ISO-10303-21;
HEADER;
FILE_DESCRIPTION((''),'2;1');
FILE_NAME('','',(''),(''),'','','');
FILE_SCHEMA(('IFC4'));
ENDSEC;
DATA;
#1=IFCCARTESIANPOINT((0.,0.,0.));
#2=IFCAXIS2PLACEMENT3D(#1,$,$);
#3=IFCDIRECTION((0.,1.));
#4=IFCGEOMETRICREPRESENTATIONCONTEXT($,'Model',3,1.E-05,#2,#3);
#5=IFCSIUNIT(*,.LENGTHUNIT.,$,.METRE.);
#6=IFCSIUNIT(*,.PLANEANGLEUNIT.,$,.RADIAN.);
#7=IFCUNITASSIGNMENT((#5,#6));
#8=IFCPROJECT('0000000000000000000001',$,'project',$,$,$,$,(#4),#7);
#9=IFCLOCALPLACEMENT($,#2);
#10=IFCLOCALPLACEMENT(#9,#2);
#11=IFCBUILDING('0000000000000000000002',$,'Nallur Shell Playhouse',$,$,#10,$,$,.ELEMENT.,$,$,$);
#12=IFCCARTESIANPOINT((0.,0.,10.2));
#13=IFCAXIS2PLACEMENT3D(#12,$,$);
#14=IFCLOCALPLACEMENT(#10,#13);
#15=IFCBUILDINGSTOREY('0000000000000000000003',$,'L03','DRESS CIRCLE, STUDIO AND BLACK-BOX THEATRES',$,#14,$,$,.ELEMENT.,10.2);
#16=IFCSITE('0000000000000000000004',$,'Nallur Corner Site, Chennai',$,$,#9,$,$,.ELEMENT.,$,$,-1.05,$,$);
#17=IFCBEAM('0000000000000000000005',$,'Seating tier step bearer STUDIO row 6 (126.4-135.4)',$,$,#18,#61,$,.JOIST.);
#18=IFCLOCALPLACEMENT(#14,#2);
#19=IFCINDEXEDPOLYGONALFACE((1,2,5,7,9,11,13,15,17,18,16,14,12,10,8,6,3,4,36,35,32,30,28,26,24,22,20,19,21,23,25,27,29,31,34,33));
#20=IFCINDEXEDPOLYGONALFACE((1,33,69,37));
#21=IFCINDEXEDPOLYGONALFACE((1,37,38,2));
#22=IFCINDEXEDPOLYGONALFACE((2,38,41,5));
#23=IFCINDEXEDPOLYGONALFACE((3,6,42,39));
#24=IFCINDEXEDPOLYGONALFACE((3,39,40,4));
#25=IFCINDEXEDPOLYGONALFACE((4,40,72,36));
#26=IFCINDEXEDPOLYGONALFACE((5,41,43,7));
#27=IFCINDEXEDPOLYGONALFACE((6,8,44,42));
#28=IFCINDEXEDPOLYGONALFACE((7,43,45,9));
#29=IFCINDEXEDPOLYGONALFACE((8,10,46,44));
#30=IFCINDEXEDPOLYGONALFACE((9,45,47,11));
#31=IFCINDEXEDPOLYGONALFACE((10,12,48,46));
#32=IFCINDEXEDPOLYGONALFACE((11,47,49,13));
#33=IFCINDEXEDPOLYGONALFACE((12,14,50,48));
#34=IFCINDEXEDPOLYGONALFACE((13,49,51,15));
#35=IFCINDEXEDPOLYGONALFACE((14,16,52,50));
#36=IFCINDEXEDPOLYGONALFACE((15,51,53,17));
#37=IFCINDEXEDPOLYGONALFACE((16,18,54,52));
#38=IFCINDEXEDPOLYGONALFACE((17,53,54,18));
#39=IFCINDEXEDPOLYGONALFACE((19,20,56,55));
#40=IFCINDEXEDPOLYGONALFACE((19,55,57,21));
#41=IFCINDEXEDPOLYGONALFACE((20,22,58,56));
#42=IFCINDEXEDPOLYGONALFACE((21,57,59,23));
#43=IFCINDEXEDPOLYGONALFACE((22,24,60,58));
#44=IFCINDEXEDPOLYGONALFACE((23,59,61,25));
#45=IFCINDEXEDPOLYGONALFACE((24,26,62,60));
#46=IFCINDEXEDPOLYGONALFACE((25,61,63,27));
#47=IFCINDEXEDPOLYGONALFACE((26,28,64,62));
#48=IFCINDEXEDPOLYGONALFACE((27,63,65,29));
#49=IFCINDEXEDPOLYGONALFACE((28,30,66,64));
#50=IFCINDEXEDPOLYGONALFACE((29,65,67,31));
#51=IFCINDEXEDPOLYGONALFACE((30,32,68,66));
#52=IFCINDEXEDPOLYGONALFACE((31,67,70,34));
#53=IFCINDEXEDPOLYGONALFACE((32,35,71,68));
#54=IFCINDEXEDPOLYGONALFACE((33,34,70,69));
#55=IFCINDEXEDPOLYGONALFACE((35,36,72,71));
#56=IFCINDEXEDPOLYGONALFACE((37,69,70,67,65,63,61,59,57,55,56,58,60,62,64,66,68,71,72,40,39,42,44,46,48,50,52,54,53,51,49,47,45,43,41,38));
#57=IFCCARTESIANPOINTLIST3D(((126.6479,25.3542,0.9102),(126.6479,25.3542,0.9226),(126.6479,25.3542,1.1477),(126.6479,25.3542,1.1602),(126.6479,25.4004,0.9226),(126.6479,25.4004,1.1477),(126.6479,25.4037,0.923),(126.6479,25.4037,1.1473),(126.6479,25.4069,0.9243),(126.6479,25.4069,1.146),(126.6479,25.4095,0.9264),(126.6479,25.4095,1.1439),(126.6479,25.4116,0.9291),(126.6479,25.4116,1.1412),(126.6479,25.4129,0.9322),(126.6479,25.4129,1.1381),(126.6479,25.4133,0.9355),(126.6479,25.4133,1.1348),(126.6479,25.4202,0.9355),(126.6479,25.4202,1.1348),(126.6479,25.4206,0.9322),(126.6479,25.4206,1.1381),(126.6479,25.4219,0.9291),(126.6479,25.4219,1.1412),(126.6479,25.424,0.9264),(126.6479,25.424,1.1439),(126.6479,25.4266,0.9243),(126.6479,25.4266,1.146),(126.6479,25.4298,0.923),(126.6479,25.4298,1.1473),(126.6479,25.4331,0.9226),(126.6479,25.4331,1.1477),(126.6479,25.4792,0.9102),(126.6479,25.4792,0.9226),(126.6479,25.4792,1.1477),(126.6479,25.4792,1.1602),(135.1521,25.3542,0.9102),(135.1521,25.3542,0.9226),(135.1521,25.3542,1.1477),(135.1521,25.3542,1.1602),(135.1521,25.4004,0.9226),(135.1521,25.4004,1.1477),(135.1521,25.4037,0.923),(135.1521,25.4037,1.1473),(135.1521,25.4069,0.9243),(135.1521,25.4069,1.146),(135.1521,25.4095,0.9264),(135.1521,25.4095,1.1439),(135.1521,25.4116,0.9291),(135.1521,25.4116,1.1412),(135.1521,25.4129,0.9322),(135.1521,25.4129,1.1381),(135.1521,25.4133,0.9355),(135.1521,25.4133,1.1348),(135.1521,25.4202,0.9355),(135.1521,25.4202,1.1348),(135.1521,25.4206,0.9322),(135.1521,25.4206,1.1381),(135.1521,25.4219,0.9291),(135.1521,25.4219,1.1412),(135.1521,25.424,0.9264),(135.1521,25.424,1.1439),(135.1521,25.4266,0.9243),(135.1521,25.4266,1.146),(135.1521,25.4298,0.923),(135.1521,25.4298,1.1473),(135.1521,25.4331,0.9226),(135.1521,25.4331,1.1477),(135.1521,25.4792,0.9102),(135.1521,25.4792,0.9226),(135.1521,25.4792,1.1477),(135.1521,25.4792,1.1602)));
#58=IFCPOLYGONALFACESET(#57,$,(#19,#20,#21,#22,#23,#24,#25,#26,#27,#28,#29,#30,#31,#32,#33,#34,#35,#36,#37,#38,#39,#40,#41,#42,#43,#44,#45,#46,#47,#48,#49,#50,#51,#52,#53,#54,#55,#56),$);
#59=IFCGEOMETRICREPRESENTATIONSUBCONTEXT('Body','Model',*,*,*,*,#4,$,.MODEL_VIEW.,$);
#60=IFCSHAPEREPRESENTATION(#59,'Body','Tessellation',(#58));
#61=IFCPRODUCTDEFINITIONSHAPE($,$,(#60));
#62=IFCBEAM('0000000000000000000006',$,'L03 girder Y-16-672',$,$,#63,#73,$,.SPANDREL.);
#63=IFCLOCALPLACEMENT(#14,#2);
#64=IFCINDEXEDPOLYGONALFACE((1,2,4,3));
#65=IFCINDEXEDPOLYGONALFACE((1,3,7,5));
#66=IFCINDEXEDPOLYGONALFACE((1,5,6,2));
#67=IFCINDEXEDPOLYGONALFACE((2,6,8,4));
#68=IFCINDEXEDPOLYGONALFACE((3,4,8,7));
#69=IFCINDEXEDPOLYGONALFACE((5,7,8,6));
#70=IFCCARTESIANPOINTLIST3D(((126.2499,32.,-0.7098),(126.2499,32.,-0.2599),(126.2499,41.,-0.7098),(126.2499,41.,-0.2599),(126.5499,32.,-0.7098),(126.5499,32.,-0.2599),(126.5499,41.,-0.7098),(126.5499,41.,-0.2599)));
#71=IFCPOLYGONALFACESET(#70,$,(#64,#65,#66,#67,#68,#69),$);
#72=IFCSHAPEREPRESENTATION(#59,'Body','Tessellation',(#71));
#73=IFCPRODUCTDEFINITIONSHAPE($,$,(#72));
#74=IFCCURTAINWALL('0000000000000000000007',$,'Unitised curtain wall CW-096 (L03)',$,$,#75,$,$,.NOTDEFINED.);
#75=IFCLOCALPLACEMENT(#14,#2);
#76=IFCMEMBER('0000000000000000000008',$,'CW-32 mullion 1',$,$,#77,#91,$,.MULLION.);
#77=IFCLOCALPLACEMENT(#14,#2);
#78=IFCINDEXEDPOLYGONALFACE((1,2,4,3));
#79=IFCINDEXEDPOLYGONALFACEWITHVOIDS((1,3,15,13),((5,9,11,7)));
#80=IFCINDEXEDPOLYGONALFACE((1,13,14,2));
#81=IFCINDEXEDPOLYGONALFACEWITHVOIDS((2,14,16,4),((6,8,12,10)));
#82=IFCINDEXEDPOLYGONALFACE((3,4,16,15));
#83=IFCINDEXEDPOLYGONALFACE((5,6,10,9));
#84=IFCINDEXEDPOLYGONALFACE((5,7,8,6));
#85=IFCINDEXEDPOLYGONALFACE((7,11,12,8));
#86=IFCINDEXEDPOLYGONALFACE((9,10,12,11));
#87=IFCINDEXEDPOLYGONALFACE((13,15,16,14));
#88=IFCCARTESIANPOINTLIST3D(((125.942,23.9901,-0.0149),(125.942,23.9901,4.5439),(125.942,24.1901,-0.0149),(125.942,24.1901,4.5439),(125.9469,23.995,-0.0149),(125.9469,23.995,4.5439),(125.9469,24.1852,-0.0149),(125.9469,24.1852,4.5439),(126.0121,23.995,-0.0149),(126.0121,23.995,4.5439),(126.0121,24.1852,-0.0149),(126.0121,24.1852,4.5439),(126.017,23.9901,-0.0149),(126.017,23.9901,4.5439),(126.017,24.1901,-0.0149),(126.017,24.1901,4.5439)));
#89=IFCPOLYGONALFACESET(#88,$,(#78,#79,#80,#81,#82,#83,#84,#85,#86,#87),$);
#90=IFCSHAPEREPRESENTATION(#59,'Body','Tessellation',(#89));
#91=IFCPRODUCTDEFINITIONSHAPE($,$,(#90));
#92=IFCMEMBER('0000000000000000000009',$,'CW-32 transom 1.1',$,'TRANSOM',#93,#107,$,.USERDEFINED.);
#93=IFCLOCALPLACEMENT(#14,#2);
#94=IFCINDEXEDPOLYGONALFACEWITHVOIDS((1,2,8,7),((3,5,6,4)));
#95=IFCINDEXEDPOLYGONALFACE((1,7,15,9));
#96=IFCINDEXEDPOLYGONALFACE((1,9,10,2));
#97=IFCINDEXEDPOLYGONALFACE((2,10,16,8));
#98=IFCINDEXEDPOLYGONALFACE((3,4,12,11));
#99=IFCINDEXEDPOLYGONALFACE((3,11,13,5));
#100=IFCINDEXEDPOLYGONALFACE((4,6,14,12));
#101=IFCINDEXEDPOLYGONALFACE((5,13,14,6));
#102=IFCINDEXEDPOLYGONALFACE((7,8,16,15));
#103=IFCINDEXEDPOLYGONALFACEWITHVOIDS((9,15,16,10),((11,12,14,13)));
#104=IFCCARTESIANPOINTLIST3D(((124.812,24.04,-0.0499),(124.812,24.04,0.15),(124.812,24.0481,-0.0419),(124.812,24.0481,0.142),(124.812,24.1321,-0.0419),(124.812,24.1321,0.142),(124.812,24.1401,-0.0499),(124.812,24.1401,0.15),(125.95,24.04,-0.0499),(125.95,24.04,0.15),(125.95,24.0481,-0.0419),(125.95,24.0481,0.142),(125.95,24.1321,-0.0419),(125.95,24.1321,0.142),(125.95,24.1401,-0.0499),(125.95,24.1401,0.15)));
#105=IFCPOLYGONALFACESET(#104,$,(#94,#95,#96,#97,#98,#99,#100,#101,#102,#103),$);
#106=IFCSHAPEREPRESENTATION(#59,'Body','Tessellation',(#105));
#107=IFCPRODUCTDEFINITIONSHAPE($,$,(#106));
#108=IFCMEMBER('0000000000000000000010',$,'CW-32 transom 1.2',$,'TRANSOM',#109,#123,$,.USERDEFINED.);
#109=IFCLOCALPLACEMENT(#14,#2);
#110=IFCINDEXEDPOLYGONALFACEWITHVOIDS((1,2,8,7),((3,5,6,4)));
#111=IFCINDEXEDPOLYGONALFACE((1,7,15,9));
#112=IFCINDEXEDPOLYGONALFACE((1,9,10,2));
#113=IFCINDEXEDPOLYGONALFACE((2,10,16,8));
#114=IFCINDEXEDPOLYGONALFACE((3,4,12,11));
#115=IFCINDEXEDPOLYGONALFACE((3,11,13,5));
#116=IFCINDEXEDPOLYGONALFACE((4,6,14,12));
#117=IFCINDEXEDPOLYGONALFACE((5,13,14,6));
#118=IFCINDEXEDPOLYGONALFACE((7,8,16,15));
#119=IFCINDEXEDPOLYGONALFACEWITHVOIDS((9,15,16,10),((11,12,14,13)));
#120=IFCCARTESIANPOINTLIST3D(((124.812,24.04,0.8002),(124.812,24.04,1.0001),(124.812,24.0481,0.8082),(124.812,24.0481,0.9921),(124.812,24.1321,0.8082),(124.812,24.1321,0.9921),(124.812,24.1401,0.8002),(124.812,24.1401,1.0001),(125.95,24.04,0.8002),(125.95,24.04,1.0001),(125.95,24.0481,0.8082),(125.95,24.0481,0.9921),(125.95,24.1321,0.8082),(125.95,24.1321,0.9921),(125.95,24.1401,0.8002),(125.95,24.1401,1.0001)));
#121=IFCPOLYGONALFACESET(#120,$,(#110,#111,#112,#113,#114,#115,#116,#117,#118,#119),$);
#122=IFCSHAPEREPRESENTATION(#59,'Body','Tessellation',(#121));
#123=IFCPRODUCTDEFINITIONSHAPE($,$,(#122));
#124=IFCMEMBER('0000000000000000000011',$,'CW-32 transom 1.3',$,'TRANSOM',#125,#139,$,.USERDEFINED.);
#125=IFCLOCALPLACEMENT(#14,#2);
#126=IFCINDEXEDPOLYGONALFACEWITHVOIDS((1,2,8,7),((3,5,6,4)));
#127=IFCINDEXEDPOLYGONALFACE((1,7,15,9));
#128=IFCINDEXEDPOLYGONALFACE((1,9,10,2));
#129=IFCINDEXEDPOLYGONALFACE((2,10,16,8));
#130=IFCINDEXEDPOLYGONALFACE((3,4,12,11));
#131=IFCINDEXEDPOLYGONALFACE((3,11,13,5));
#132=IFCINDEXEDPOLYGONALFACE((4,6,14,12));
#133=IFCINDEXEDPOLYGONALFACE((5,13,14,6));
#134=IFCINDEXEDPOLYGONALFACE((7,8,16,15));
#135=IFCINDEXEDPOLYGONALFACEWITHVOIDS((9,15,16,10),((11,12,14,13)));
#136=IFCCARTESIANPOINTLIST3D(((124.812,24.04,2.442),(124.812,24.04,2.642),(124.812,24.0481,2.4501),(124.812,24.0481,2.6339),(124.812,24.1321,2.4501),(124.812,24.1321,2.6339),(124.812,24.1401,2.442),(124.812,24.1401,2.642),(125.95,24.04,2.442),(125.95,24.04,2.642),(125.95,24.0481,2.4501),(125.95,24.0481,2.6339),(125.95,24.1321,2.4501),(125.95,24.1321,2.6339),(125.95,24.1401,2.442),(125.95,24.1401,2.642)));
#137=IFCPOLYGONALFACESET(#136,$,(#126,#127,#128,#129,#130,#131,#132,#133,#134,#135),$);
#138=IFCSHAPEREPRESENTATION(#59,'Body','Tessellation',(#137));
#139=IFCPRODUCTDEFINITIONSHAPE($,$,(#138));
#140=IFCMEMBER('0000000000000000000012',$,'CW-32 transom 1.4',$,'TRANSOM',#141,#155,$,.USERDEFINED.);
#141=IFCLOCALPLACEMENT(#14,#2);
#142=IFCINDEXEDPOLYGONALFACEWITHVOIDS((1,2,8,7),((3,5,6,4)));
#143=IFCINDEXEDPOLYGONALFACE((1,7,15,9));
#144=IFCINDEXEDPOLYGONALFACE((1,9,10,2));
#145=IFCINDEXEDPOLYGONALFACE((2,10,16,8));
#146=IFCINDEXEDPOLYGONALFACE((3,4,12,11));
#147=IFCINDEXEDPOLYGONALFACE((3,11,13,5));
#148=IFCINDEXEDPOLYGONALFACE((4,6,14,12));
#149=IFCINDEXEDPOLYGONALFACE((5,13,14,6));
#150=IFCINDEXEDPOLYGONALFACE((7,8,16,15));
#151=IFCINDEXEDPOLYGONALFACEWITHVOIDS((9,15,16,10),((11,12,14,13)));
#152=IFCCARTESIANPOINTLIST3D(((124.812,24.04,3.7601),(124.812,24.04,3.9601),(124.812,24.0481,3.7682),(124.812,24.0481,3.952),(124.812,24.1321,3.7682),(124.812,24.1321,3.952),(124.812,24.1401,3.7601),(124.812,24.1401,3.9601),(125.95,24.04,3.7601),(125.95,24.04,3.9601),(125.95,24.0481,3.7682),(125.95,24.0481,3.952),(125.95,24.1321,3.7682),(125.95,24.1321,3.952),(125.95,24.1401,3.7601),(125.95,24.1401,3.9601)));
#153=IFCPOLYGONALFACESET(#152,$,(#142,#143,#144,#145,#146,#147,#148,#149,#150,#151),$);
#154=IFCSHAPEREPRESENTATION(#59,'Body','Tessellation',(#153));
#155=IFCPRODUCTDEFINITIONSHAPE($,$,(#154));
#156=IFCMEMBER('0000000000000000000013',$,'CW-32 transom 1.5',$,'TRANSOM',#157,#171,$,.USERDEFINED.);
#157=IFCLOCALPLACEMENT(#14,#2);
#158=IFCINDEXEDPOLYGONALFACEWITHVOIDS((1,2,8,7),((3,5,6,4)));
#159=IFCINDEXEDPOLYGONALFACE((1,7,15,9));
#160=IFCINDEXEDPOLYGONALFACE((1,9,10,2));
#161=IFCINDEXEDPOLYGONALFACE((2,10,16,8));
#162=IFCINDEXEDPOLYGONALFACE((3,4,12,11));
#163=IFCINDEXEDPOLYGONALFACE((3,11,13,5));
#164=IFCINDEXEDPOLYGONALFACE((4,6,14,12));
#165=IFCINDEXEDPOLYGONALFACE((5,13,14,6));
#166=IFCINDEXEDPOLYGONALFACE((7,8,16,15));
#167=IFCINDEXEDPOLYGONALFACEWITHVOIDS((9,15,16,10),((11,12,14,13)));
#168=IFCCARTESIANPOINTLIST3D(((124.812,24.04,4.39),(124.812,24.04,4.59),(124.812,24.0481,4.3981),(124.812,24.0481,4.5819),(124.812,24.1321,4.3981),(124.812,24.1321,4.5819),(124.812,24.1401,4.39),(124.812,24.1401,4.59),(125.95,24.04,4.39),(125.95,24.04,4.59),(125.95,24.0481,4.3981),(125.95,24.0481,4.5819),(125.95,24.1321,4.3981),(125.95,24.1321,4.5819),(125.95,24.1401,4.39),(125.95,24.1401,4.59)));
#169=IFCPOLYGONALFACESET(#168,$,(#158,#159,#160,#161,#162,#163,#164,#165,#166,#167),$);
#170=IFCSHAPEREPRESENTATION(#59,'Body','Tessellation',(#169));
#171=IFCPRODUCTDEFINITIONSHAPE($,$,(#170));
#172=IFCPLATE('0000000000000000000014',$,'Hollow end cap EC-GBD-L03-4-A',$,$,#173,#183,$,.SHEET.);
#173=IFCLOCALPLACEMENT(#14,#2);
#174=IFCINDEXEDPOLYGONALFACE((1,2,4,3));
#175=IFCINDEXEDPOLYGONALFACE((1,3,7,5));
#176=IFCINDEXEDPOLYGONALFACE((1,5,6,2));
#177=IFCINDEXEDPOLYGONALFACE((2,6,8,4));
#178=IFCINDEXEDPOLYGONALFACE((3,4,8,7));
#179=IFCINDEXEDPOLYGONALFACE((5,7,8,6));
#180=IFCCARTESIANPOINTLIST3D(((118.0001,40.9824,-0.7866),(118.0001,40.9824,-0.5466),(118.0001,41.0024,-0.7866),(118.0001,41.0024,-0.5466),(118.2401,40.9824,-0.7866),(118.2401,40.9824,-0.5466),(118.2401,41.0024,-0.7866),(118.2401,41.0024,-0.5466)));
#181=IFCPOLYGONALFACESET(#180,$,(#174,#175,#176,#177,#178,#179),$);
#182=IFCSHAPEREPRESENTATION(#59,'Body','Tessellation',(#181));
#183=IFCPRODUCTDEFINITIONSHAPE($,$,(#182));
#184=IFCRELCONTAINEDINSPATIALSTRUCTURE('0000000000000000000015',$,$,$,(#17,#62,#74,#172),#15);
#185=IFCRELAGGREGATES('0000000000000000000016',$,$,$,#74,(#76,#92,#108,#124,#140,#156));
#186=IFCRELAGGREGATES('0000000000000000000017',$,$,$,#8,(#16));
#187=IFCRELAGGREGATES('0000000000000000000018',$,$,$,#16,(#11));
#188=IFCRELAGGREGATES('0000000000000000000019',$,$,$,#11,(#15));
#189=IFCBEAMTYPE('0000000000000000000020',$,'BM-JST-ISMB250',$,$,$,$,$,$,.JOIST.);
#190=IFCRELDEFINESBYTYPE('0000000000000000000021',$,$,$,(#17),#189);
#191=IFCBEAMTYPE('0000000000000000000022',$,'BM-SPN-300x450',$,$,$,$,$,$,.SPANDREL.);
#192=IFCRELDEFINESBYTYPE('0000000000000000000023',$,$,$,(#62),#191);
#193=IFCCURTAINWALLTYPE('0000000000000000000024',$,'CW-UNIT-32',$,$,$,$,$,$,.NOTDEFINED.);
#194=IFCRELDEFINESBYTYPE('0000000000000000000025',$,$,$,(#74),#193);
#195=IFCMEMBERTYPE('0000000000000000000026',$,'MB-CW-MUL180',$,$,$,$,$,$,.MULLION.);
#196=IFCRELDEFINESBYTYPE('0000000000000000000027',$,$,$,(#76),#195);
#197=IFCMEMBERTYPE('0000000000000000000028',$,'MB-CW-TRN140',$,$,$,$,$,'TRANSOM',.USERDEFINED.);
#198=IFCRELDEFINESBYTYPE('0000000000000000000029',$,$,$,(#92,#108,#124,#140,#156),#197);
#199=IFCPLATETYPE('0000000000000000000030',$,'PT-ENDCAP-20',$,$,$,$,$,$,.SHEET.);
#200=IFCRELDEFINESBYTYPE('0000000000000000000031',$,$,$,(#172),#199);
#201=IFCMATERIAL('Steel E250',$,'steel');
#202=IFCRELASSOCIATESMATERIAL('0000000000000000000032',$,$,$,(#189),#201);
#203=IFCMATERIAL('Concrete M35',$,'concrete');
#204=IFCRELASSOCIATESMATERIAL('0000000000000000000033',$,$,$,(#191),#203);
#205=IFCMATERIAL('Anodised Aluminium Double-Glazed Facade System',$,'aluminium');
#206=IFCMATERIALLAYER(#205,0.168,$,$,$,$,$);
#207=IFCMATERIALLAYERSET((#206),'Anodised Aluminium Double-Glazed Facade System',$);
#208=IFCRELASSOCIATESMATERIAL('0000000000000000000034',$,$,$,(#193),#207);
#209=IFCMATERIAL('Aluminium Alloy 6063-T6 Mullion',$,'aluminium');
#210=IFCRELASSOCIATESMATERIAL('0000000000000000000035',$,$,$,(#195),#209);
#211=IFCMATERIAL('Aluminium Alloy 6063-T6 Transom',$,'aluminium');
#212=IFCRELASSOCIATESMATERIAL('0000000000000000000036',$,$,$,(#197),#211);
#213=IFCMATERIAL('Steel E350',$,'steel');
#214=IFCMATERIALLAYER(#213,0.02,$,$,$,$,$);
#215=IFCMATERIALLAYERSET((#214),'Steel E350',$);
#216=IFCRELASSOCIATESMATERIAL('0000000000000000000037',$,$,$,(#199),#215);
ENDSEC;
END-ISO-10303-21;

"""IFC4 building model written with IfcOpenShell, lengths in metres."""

from ifc_helpers import new_model, si_unit, direction, frame, origin, origin_2d, place, context, subcontext, project, spatial, rectangle, hollow_rectangle, i_section, extrude, material, layer, layer_set, material_profile, profile_set, type_object, element, aggregate, save


model = new_model("IFC4")

# Units and contexts
model_context = context("Model", 3, precision=1e-05, world=origin(), true_north=direction((0.0, 1.0)))
body_context = subcontext(model_context, "Body", "Model", "MODEL_VIEW")
ifc_project = project(units=[si_unit("LENGTHUNIT", "METRE"), si_unit("PLANEANGLEUNIT", "RADIAN")], contexts=[model_context])

# Site, building, storey
site_placement = place(None, origin())
site = spatial("IfcSite", under=ifc_project, at=site_placement, Name="Nallur Corner Site, Chennai", CompositionType="ELEMENT", RefElevation=-1.05)
building_placement = place(site_placement, origin())
building = spatial("IfcBuilding", under=site, at=building_placement, Name="Nallur Shell Playhouse", CompositionType="ELEMENT")
storey_placement = place(building_placement, frame((0.0, 0.0, 10.2)))
storey = spatial("IfcBuildingStorey", under=building, at=storey_placement, Name="L03", Description="DRESS CIRCLE, STUDIO AND BLACK-BOX THEATRES", CompositionType="ELEMENT", Elevation=10.2)

# Beams
ifc_material_1 = material(Name="Steel E250", Category="steel")
ifc_material_profile_1 = material_profile(ifc_material_1, i_section(OverallWidth=0.125, OverallDepth=0.25, WebThickness=0.0068, FlangeThickness=0.0125, FilletRadius=0.0129, at=origin_2d()), Name="ISMB 250")
ifc_profile_set_1 = profile_set([ifc_material_profile_1], Name="Steel E250")
beam_type_1 = type_object("IfcBeamType", Name="BM-JST-ISMB250", PredefinedType="JOIST", material=ifc_profile_set_1)
for number, where, z_axis, x_axis, name in (
    (1, (126.6479, 25.4167, 1.0352), (1.0, 0.0, 0.0), (0.0, 1.0, 0.0), "Seating tier step bearer STUDIO row 6 (126.4-135.4)"),
):
    element("IfcBeam", number, at=place(storey_placement, frame(where, z_axis=z_axis, x_axis=x_axis)), inside=storey, type_object=beam_type_1, Name=name, PredefinedType="JOIST", context=body_context, shape_type="SweptSolid", body=[
        extrude(i_section(OverallWidth=0.125, OverallDepth=0.25, WebThickness=0.0068, FlangeThickness=0.0125, FilletRadius=0.0129, at=origin_2d()), origin(), (0.0, 0.0, 1.0), 8.5042),
    ])
ifc_material_2 = material(Name="Concrete M35", Category="concrete")
ifc_material_profile_2 = material_profile(ifc_material_2, rectangle(XDim=0.3, YDim=0.45, at=origin_2d()), Name="RC 300x450")
ifc_profile_set_2 = profile_set([ifc_material_profile_2], Name="Concrete M35")
beam_type_2 = type_object("IfcBeamType", Name="BM-SPN-300x450", PredefinedType="SPANDREL", material=ifc_profile_set_2)
beam_placement = place(storey_placement, frame((126.3999, 32.0, -0.4849), z_axis=(0.0, 1.0, 0.0), x_axis=(-1.0, 0.0, 0.0)))
element("IfcBeam", 2, at=beam_placement, inside=storey, type_object=beam_type_2, Name="L03 girder Y-16-672", PredefinedType="SPANDREL", context=body_context, shape_type="SweptSolid", body=[
    extrude(rectangle(XDim=0.3, YDim=0.45, at=origin_2d()), origin(), (0.0, 0.0, 1.0), 9.0),
])

# Curtain wall, members
ifc_material_3 = material(Name="Anodised Aluminium Double-Glazed Facade System", Category="aluminium")
ifc_layer_1 = layer(ifc_material_3, 0.168)
ifc_layer_set_1 = layer_set([ifc_layer_1], Name="Anodised Aluminium Double-Glazed Facade System")
curtain_wall_type = type_object("IfcCurtainWallType", Name="CW-UNIT-32", PredefinedType="NOTDEFINED", material=ifc_layer_set_1)
curtain_wall_placement = place(storey_placement, origin())
curtain_wall = element("IfcCurtainWall", 3, at=curtain_wall_placement, inside=storey, type_object=curtain_wall_type, Name="Unitised curtain wall CW-096 (L03)", PredefinedType="NOTDEFINED")
ifc_material_4 = material(Name="Aluminium Alloy 6063-T6 Mullion", Category="aluminium")
ifc_material_profile_3 = material_profile(ifc_material_4, hollow_rectangle(XDim=0.075, YDim=0.2, WallThickness=0.0049, at=origin_2d()), Name="ALU 75x200x5")
ifc_profile_set_3 = profile_set([ifc_material_profile_3], Name="Aluminium Alloy 6063-T6 Mullion")
member_type_1 = type_object("IfcMemberType", Name="MB-CW-MUL180", PredefinedType="MULLION", material=ifc_profile_set_3)
member_1_placement = place(storey_placement, frame((125.9795, 24.0901, -0.0149), z_axis=(0.0, 0.0, 1.0), x_axis=(-1.0, 0.0, 0.0)))
member_1 = element("IfcMember", 4, at=member_1_placement, type_object=member_type_1, Name="CW-32 mullion 1", PredefinedType="MULLION", context=body_context, shape_type="SweptSolid", body=[
    extrude(hollow_rectangle(XDim=0.075, YDim=0.2, WallThickness=0.0049, at=origin_2d()), origin(), (0.0, 0.0, 1.0), 4.5588),
])
ifc_material_5 = material(Name="Aluminium Alloy 6063-T6 Transom", Category="aluminium")
ifc_material_profile_4 = material_profile(ifc_material_5, hollow_rectangle(XDim=0.1001, YDim=0.2, WallThickness=0.0081, at=origin_2d()), Name="RHS 200x100x8")
ifc_profile_set_4 = profile_set([ifc_material_profile_4], Name="Aluminium Alloy 6063-T6 Transom")
member_type_2 = type_object("IfcMemberType", Name="MB-CW-TRN140", ElementType="TRANSOM", PredefinedType="USERDEFINED", material=ifc_profile_set_4)
member_2_placement = place(storey_placement, frame((125.95, 24.0901, 0.05), z_axis=(-1.0, 0.0, 0.0), x_axis=(0.0, -1.0, 0.0)))
member_2 = element("IfcMember", 5, at=member_2_placement, type_object=member_type_2, Name="CW-32 transom 1.1", ObjectType="TRANSOM", PredefinedType="USERDEFINED", context=body_context, shape_type="SweptSolid", body=[
    extrude(hollow_rectangle(XDim=0.1001, YDim=0.2, WallThickness=0.0081, at=origin_2d()), origin(), (0.0, 0.0, 1.0), 1.1379),
])
member_3_placement = place(storey_placement, frame((125.95, 24.0901, 0.9001), z_axis=(-1.0, 0.0, 0.0), x_axis=(0.0, -1.0, 0.0)))
member_3 = element("IfcMember", 6, at=member_3_placement, type_object=member_type_2, Name="CW-32 transom 1.2", ObjectType="TRANSOM", PredefinedType="USERDEFINED", context=body_context, shape_type="SweptSolid", body=[
    extrude(hollow_rectangle(XDim=0.1001, YDim=0.2, WallThickness=0.0081, at=origin_2d()), origin(), (0.0, 0.0, 1.0), 1.1379),
])
member_4_placement = place(storey_placement, frame((125.95, 24.0901, 2.542), z_axis=(-1.0, 0.0, 0.0), x_axis=(0.0, -1.0, 0.0)))
member_4 = element("IfcMember", 7, at=member_4_placement, type_object=member_type_2, Name="CW-32 transom 1.3", ObjectType="TRANSOM", PredefinedType="USERDEFINED", context=body_context, shape_type="SweptSolid", body=[
    extrude(hollow_rectangle(XDim=0.1001, YDim=0.2, WallThickness=0.0081, at=origin_2d()), origin(), (0.0, 0.0, 1.0), 1.1379),
])
member_5_placement = place(storey_placement, frame((125.95, 24.0901, 3.8601), z_axis=(-1.0, 0.0, 0.0), x_axis=(0.0, -1.0, 0.0)))
member_5 = element("IfcMember", 8, at=member_5_placement, type_object=member_type_2, Name="CW-32 transom 1.4", ObjectType="TRANSOM", PredefinedType="USERDEFINED", context=body_context, shape_type="SweptSolid", body=[
    extrude(hollow_rectangle(XDim=0.1001, YDim=0.2, WallThickness=0.0081, at=origin_2d()), origin(), (0.0, 0.0, 1.0), 1.1379),
])
member_6_placement = place(storey_placement, frame((125.95, 24.0901, 4.49), z_axis=(-1.0, 0.0, 0.0), x_axis=(0.0, -1.0, 0.0)))
member_6 = element("IfcMember", 9, at=member_6_placement, type_object=member_type_2, Name="CW-32 transom 1.5", ObjectType="TRANSOM", PredefinedType="USERDEFINED", context=body_context, shape_type="SweptSolid", body=[
    extrude(hollow_rectangle(XDim=0.1001, YDim=0.2, WallThickness=0.0081, at=origin_2d()), origin(), (0.0, 0.0, 1.0), 1.1379),
])

# Plate
ifc_material_6 = material(Name="Steel E350", Category="steel")
ifc_layer_2 = layer(ifc_material_6, 0.02)
ifc_layer_set_2 = layer_set([ifc_layer_2], Name="Steel E350")
plate_type_1 = type_object("IfcPlateType", Name="PT-ENDCAP-20", PredefinedType="SHEET", material=ifc_layer_set_2)
plate_1_placement = place(storey_placement, frame((118.1201, 40.9924, -0.7866), z_axis=(0.0, 0.0, 1.0), x_axis=(1.0, 0.0, 0.0)))
element("IfcPlate", 10, at=plate_1_placement, inside=storey, type_object=plate_type_1, Name="Hollow end cap EC-GBD-L03-4-A", PredefinedType="SHEET", context=body_context, shape_type="SweptSolid", body=[
    extrude(rectangle(XDim=0.24, YDim=0.02, at=origin_2d()), origin(), (0.0, 0.0, 1.0), 0.24),
])
aggregate(curtain_wall, [member_1, member_2, member_3, member_4, member_5, member_6])

save(model, "model.ifc")
